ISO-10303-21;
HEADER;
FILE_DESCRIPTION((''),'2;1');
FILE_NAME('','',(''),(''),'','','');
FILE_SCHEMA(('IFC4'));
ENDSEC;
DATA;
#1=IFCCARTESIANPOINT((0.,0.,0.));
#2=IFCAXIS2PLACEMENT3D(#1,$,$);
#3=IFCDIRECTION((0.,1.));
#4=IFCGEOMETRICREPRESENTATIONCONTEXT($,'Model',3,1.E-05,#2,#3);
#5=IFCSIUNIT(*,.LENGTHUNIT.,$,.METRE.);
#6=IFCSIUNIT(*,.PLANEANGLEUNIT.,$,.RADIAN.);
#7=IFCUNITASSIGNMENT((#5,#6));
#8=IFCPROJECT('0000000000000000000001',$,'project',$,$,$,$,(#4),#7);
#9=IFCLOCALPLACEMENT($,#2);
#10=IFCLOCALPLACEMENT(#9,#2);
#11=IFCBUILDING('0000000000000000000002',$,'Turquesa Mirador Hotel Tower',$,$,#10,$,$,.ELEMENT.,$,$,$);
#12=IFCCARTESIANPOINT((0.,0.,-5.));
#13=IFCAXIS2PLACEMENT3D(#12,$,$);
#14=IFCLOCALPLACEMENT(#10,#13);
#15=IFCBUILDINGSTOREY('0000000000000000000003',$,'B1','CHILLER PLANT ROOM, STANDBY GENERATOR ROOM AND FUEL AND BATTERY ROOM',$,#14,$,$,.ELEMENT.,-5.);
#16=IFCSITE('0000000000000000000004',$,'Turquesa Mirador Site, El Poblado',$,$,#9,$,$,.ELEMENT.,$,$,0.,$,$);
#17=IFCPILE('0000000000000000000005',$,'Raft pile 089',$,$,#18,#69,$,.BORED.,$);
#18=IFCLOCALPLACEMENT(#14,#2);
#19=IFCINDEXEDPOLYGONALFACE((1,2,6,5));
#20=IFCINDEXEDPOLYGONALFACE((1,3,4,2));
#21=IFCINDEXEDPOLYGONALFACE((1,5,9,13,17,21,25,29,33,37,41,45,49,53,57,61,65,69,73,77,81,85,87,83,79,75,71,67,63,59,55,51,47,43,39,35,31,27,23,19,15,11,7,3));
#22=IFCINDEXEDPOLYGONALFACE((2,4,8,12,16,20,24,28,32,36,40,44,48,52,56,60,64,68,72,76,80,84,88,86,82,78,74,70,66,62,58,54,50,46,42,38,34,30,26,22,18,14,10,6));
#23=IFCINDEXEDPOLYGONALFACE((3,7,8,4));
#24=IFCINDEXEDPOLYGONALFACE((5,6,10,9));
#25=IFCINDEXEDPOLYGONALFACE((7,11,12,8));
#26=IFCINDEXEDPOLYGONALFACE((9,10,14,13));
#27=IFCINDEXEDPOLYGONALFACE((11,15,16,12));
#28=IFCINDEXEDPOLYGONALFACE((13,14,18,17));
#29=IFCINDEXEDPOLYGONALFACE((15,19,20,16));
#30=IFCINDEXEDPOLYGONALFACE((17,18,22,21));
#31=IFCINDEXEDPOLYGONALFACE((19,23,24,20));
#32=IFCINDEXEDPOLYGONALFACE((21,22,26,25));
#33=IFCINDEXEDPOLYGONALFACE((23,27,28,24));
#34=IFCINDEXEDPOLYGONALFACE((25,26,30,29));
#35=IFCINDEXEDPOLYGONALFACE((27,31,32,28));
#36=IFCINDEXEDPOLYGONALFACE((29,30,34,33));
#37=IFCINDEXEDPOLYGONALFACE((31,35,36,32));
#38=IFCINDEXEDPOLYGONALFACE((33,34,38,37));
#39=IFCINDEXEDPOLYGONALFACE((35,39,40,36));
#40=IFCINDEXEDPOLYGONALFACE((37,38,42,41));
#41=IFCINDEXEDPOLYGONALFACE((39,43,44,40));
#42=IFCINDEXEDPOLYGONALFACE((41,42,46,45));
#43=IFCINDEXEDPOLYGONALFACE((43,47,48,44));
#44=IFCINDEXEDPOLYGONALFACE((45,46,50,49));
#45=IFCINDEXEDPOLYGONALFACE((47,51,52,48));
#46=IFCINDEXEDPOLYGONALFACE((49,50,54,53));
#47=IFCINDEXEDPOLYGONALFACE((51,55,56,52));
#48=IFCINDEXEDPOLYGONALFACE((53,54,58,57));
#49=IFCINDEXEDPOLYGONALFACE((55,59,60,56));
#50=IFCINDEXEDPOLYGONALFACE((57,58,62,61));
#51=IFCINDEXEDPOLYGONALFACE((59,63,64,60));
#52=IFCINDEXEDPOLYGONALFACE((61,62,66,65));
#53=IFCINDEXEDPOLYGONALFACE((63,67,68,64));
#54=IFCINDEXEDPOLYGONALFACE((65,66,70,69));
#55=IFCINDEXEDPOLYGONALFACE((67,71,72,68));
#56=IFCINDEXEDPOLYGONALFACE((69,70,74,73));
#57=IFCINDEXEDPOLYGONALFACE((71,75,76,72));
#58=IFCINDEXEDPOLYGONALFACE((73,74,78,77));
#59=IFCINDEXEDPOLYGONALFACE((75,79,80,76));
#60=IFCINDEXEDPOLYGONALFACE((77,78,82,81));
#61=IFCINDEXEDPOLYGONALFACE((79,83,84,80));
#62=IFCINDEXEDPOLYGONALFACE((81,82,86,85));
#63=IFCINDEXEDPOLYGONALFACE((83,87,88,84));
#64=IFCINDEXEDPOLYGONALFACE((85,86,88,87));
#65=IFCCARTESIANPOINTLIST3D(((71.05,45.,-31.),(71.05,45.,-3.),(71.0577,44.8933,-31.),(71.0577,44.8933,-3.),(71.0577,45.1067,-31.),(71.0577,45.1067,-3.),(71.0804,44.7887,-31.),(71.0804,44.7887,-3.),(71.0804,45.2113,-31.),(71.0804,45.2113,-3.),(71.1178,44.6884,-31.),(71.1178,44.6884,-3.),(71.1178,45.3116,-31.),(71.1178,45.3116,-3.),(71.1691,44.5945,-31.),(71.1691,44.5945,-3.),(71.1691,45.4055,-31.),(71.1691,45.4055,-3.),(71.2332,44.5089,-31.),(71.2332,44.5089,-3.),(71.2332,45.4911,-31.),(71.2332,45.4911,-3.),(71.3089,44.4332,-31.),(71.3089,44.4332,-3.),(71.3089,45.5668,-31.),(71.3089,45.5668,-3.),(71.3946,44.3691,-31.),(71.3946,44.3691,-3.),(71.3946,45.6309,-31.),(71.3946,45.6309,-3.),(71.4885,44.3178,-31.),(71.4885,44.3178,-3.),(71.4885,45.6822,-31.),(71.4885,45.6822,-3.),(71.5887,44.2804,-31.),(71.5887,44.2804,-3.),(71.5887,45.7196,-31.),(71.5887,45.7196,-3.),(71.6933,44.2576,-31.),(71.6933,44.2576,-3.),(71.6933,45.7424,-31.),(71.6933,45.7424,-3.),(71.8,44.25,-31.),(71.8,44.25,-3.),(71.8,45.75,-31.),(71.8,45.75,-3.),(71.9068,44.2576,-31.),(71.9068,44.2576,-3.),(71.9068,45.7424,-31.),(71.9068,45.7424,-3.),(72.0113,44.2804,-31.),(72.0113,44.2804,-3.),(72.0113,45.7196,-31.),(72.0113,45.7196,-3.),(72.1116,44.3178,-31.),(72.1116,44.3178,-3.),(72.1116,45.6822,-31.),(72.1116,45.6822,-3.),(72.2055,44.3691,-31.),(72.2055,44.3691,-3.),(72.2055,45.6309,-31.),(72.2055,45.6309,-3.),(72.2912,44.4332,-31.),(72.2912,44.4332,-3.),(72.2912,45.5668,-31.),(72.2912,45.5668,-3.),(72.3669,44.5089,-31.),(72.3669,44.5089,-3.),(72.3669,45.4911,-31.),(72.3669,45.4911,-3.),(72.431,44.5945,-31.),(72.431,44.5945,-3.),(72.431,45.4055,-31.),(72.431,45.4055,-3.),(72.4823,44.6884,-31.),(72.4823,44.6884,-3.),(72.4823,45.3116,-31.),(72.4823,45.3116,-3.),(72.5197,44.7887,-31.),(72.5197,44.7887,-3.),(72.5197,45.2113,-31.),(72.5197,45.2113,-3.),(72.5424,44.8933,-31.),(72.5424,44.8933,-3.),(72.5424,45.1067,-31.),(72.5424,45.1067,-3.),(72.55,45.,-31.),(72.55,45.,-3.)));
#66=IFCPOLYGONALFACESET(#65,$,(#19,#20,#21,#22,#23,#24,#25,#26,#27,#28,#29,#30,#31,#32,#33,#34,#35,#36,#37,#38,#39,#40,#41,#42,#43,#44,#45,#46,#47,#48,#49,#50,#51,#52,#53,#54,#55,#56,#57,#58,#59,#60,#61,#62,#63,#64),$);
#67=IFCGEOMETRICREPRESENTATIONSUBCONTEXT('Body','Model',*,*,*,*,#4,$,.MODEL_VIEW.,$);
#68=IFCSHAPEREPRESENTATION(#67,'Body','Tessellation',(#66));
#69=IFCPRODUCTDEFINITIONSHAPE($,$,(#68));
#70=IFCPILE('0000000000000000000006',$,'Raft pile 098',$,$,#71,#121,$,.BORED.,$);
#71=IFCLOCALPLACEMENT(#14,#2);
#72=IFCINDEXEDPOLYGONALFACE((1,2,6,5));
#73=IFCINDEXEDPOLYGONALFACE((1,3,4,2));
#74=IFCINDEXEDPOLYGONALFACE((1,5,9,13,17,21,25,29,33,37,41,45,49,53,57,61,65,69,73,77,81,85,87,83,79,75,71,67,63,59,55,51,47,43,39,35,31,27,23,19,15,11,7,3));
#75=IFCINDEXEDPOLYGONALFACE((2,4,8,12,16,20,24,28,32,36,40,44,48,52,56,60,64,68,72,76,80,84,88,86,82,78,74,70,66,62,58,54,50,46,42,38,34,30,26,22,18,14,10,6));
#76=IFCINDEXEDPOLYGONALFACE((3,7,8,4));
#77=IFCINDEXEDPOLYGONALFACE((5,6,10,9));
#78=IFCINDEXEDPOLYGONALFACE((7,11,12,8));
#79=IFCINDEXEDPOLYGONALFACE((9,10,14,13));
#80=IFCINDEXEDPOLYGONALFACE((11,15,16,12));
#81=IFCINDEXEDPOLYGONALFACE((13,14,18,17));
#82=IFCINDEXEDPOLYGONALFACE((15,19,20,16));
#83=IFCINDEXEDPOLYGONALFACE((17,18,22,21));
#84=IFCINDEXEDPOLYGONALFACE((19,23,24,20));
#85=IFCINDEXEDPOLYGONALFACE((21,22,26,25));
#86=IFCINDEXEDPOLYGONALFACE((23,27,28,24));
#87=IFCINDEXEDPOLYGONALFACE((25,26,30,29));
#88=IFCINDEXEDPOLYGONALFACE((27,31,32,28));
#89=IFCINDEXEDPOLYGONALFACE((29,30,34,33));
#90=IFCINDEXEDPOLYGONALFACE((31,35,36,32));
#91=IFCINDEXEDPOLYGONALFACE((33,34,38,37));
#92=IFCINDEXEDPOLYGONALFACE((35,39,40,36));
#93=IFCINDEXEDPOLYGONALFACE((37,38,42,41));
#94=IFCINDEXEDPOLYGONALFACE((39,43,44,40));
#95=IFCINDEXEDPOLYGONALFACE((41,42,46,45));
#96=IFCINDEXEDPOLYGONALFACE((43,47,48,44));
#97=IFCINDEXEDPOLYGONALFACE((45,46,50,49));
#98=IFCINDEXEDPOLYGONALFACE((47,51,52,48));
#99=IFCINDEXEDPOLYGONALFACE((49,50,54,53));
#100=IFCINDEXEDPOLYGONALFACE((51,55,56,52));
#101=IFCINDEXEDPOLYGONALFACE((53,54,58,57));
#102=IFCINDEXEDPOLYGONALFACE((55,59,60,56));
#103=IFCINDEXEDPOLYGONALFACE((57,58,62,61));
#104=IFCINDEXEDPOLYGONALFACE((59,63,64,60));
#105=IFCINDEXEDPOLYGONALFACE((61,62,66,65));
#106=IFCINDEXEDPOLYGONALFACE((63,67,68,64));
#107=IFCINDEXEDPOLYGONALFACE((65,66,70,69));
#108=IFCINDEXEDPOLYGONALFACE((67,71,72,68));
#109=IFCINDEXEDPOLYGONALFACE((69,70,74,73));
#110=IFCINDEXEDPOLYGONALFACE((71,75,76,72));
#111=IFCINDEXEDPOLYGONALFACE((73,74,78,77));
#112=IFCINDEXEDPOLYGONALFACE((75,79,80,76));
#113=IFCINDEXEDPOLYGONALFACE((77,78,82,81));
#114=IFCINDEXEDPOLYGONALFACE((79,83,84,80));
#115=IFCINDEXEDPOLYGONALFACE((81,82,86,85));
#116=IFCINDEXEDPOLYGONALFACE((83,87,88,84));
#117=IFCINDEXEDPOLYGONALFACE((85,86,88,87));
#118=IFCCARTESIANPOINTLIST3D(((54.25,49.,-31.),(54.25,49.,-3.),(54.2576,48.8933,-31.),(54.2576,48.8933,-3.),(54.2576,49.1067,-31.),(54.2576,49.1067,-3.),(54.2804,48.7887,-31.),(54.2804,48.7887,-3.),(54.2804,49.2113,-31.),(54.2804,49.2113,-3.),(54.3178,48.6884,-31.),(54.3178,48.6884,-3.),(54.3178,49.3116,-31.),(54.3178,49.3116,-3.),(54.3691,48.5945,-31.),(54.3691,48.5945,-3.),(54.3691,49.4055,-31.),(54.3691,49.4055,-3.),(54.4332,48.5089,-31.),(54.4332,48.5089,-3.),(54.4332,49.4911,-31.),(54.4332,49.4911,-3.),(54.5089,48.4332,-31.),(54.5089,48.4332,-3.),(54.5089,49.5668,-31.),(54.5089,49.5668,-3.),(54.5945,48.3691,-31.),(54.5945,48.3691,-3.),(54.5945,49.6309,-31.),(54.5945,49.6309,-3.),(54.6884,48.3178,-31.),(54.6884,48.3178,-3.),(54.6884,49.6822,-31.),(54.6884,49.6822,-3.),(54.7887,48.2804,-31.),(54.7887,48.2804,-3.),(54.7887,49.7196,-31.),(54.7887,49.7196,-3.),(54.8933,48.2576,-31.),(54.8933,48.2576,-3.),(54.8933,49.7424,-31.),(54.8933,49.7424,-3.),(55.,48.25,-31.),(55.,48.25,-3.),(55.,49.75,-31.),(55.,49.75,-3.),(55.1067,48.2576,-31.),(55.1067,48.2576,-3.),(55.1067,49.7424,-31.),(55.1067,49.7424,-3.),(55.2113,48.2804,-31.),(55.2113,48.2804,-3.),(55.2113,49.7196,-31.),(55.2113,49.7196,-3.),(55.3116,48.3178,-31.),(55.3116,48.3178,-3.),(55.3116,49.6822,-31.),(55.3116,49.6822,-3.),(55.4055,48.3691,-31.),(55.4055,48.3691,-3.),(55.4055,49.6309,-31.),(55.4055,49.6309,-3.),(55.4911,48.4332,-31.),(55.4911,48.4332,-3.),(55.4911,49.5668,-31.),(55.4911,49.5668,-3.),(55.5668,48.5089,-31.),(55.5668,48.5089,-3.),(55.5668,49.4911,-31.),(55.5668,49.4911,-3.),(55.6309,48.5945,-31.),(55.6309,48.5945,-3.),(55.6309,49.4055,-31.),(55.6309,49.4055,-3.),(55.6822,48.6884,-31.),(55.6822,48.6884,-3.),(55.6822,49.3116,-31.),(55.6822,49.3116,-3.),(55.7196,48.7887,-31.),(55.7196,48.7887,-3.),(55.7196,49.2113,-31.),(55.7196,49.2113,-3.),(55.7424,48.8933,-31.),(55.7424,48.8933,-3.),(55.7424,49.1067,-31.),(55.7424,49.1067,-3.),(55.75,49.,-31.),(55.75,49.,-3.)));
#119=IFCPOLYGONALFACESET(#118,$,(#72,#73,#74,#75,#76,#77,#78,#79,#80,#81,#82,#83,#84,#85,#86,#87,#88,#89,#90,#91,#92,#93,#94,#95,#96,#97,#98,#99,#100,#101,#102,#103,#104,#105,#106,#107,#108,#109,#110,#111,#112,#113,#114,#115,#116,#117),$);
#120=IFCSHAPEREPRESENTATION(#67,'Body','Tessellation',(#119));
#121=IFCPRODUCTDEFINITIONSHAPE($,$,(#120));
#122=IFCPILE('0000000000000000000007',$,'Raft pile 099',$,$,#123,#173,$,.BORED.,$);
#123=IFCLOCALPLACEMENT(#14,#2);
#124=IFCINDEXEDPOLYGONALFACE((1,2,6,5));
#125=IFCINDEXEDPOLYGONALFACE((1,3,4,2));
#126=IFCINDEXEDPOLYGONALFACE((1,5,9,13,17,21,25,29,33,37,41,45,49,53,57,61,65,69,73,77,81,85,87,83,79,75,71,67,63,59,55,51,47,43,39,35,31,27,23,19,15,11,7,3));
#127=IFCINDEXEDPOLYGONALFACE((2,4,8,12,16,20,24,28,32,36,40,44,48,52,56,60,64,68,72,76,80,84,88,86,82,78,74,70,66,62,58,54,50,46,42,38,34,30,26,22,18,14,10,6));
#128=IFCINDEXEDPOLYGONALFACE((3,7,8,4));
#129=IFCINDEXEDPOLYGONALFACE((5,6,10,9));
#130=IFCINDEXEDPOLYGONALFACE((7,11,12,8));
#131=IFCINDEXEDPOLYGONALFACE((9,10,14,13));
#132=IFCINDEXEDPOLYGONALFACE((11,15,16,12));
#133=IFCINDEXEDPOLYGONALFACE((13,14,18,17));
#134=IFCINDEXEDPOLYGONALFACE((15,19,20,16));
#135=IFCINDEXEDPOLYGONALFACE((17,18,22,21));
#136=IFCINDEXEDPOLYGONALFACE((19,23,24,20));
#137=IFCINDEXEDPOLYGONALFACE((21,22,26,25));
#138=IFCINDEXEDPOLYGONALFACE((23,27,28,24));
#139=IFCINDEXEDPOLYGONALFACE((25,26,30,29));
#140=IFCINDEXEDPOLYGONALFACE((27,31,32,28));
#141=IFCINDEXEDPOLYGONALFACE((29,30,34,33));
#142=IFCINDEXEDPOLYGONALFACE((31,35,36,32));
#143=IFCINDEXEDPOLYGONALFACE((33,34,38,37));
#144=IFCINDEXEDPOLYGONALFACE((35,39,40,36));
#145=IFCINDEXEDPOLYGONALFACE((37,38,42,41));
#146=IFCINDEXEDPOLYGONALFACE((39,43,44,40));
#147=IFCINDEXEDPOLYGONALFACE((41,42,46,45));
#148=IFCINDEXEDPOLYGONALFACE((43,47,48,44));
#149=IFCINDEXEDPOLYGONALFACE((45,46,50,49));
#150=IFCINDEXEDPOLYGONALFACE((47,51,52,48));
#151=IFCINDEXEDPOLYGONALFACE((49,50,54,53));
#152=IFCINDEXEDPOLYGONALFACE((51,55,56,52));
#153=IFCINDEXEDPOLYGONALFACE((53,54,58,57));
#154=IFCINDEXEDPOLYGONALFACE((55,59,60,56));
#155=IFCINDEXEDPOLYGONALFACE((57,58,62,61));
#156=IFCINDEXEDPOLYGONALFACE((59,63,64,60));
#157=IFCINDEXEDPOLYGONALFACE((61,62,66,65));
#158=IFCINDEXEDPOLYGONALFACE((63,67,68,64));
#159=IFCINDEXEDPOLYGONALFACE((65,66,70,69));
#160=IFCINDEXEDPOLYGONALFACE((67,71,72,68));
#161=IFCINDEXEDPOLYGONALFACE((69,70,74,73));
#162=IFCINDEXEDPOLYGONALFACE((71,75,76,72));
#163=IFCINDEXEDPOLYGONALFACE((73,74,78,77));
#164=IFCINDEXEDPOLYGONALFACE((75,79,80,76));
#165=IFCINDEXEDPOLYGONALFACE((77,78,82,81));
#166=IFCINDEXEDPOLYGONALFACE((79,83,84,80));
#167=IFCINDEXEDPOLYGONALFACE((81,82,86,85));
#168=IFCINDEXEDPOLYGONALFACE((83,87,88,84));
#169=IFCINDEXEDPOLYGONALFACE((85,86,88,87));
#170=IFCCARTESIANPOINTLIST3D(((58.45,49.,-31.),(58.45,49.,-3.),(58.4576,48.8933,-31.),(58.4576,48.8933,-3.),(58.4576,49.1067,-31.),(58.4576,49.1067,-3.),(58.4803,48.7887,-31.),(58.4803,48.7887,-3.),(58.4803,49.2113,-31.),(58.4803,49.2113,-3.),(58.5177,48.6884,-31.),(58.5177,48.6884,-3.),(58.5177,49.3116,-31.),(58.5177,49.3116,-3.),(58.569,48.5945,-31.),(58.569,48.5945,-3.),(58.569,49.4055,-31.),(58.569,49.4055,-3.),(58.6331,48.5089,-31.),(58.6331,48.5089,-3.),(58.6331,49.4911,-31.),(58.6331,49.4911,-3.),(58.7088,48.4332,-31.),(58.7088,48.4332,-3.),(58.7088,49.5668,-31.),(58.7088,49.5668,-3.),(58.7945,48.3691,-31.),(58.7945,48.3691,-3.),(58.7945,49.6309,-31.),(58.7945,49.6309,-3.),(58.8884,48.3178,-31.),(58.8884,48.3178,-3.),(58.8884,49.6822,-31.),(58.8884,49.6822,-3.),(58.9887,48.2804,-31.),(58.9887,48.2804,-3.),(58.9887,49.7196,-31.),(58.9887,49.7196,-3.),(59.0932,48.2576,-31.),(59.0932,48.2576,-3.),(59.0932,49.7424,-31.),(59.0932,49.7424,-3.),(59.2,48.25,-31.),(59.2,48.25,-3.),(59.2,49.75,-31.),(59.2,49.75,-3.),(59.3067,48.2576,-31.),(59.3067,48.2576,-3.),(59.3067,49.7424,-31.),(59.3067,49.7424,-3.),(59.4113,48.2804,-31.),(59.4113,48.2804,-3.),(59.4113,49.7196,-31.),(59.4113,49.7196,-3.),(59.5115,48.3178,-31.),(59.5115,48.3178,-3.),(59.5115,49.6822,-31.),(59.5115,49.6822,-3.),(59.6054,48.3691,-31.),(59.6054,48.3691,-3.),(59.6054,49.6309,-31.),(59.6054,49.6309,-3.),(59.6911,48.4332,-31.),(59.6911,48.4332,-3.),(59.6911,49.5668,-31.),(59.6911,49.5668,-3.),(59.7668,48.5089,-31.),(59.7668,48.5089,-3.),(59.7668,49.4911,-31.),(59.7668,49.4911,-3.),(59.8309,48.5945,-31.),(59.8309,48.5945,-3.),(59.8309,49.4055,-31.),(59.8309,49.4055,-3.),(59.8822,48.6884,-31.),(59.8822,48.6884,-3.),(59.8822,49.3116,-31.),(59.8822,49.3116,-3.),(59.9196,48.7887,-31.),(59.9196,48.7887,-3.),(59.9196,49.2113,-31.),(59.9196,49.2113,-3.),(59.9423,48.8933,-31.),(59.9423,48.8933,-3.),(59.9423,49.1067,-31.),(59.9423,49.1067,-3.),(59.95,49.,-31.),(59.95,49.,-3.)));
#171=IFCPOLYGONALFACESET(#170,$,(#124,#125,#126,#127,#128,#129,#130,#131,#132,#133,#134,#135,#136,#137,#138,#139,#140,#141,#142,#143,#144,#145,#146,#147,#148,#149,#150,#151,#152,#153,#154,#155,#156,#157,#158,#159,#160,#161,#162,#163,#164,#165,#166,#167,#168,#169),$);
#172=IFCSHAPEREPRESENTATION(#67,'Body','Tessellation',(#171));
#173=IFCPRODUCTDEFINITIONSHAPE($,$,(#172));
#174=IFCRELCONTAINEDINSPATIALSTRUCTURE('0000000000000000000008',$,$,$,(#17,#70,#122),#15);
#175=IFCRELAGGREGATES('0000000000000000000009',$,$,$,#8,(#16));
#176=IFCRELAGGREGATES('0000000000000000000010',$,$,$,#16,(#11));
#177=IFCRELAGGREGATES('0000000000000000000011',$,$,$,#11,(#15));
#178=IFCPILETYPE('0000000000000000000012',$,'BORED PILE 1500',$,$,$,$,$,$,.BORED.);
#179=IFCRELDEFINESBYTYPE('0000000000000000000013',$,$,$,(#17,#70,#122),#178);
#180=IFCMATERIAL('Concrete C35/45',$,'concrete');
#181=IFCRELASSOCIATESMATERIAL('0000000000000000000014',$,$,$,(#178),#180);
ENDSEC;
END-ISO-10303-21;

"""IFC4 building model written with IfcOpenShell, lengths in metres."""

from ifc_helpers import new_model, si_unit, direction, frame, origin, origin_2d, place, context, subcontext, project, spatial, circle, extrude, material, type_object, element, save


model = new_model("IFC4")

# Units and contexts
model_context = context("Model", 3, precision=1e-05, world=origin(), true_north=direction((0.0, 1.0)))
body_context = subcontext(model_context, "Body", "Model", "MODEL_VIEW")
ifc_project = project(units=[si_unit("LENGTHUNIT", "METRE"), si_unit("PLANEANGLEUNIT", "RADIAN")], contexts=[model_context])

# Site, building, storey
site_placement = place(None, origin())
site = spatial("IfcSite", under=ifc_project, at=site_placement, Name="Turquesa Mirador Site, El Poblado", CompositionType="ELEMENT", RefElevation=0.0)
building_placement = place(site_placement, origin())
building = spatial("IfcBuilding", under=site, at=building_placement, Name="Turquesa Mirador Hotel Tower", CompositionType="ELEMENT")
storey_placement = place(building_placement, frame((0.0, 0.0, -5.0)))
storey = spatial("IfcBuildingStorey", under=building, at=storey_placement, Name="B1", Description="CHILLER PLANT ROOM, STANDBY GENERATOR ROOM AND FUEL AND BATTERY ROOM", CompositionType="ELEMENT", Elevation=-5.0)

# Piles
ifc_material_1 = material(Name="Concrete C35/45", Category="concrete")
pile_type = type_object("IfcPileType", Name="BORED PILE 1500", PredefinedType="BORED", material=ifc_material_1)
for number, where, z_axis, x_axis, name in (
    (1, (71.8, 45.0, -3.0), (0.0, 0.0, -1.0), (1.0, 0.0, 0.0), "Raft pile 089"),
    (2, (55.0, 49.0, -3.0), (0.0, 0.0, -1.0), (1.0, 0.0, 0.0), "Raft pile 098"),
    (3, (59.2, 49.0, -3.0), (0.0, 0.0, -1.0), (1.0, 0.0, 0.0), "Raft pile 099"),
):
    element("IfcPile", number, at=place(storey_placement, frame(where, z_axis=z_axis, x_axis=x_axis)), inside=storey, type_object=pile_type, Name=name, PredefinedType="BORED", context=body_context, shape_type="SweptSolid", body=[
        extrude(circle(Radius=0.75, at=origin_2d()), origin(), (0.0, 0.0, 1.0), 28.0),
    ])

save(model, "model.ifc")
